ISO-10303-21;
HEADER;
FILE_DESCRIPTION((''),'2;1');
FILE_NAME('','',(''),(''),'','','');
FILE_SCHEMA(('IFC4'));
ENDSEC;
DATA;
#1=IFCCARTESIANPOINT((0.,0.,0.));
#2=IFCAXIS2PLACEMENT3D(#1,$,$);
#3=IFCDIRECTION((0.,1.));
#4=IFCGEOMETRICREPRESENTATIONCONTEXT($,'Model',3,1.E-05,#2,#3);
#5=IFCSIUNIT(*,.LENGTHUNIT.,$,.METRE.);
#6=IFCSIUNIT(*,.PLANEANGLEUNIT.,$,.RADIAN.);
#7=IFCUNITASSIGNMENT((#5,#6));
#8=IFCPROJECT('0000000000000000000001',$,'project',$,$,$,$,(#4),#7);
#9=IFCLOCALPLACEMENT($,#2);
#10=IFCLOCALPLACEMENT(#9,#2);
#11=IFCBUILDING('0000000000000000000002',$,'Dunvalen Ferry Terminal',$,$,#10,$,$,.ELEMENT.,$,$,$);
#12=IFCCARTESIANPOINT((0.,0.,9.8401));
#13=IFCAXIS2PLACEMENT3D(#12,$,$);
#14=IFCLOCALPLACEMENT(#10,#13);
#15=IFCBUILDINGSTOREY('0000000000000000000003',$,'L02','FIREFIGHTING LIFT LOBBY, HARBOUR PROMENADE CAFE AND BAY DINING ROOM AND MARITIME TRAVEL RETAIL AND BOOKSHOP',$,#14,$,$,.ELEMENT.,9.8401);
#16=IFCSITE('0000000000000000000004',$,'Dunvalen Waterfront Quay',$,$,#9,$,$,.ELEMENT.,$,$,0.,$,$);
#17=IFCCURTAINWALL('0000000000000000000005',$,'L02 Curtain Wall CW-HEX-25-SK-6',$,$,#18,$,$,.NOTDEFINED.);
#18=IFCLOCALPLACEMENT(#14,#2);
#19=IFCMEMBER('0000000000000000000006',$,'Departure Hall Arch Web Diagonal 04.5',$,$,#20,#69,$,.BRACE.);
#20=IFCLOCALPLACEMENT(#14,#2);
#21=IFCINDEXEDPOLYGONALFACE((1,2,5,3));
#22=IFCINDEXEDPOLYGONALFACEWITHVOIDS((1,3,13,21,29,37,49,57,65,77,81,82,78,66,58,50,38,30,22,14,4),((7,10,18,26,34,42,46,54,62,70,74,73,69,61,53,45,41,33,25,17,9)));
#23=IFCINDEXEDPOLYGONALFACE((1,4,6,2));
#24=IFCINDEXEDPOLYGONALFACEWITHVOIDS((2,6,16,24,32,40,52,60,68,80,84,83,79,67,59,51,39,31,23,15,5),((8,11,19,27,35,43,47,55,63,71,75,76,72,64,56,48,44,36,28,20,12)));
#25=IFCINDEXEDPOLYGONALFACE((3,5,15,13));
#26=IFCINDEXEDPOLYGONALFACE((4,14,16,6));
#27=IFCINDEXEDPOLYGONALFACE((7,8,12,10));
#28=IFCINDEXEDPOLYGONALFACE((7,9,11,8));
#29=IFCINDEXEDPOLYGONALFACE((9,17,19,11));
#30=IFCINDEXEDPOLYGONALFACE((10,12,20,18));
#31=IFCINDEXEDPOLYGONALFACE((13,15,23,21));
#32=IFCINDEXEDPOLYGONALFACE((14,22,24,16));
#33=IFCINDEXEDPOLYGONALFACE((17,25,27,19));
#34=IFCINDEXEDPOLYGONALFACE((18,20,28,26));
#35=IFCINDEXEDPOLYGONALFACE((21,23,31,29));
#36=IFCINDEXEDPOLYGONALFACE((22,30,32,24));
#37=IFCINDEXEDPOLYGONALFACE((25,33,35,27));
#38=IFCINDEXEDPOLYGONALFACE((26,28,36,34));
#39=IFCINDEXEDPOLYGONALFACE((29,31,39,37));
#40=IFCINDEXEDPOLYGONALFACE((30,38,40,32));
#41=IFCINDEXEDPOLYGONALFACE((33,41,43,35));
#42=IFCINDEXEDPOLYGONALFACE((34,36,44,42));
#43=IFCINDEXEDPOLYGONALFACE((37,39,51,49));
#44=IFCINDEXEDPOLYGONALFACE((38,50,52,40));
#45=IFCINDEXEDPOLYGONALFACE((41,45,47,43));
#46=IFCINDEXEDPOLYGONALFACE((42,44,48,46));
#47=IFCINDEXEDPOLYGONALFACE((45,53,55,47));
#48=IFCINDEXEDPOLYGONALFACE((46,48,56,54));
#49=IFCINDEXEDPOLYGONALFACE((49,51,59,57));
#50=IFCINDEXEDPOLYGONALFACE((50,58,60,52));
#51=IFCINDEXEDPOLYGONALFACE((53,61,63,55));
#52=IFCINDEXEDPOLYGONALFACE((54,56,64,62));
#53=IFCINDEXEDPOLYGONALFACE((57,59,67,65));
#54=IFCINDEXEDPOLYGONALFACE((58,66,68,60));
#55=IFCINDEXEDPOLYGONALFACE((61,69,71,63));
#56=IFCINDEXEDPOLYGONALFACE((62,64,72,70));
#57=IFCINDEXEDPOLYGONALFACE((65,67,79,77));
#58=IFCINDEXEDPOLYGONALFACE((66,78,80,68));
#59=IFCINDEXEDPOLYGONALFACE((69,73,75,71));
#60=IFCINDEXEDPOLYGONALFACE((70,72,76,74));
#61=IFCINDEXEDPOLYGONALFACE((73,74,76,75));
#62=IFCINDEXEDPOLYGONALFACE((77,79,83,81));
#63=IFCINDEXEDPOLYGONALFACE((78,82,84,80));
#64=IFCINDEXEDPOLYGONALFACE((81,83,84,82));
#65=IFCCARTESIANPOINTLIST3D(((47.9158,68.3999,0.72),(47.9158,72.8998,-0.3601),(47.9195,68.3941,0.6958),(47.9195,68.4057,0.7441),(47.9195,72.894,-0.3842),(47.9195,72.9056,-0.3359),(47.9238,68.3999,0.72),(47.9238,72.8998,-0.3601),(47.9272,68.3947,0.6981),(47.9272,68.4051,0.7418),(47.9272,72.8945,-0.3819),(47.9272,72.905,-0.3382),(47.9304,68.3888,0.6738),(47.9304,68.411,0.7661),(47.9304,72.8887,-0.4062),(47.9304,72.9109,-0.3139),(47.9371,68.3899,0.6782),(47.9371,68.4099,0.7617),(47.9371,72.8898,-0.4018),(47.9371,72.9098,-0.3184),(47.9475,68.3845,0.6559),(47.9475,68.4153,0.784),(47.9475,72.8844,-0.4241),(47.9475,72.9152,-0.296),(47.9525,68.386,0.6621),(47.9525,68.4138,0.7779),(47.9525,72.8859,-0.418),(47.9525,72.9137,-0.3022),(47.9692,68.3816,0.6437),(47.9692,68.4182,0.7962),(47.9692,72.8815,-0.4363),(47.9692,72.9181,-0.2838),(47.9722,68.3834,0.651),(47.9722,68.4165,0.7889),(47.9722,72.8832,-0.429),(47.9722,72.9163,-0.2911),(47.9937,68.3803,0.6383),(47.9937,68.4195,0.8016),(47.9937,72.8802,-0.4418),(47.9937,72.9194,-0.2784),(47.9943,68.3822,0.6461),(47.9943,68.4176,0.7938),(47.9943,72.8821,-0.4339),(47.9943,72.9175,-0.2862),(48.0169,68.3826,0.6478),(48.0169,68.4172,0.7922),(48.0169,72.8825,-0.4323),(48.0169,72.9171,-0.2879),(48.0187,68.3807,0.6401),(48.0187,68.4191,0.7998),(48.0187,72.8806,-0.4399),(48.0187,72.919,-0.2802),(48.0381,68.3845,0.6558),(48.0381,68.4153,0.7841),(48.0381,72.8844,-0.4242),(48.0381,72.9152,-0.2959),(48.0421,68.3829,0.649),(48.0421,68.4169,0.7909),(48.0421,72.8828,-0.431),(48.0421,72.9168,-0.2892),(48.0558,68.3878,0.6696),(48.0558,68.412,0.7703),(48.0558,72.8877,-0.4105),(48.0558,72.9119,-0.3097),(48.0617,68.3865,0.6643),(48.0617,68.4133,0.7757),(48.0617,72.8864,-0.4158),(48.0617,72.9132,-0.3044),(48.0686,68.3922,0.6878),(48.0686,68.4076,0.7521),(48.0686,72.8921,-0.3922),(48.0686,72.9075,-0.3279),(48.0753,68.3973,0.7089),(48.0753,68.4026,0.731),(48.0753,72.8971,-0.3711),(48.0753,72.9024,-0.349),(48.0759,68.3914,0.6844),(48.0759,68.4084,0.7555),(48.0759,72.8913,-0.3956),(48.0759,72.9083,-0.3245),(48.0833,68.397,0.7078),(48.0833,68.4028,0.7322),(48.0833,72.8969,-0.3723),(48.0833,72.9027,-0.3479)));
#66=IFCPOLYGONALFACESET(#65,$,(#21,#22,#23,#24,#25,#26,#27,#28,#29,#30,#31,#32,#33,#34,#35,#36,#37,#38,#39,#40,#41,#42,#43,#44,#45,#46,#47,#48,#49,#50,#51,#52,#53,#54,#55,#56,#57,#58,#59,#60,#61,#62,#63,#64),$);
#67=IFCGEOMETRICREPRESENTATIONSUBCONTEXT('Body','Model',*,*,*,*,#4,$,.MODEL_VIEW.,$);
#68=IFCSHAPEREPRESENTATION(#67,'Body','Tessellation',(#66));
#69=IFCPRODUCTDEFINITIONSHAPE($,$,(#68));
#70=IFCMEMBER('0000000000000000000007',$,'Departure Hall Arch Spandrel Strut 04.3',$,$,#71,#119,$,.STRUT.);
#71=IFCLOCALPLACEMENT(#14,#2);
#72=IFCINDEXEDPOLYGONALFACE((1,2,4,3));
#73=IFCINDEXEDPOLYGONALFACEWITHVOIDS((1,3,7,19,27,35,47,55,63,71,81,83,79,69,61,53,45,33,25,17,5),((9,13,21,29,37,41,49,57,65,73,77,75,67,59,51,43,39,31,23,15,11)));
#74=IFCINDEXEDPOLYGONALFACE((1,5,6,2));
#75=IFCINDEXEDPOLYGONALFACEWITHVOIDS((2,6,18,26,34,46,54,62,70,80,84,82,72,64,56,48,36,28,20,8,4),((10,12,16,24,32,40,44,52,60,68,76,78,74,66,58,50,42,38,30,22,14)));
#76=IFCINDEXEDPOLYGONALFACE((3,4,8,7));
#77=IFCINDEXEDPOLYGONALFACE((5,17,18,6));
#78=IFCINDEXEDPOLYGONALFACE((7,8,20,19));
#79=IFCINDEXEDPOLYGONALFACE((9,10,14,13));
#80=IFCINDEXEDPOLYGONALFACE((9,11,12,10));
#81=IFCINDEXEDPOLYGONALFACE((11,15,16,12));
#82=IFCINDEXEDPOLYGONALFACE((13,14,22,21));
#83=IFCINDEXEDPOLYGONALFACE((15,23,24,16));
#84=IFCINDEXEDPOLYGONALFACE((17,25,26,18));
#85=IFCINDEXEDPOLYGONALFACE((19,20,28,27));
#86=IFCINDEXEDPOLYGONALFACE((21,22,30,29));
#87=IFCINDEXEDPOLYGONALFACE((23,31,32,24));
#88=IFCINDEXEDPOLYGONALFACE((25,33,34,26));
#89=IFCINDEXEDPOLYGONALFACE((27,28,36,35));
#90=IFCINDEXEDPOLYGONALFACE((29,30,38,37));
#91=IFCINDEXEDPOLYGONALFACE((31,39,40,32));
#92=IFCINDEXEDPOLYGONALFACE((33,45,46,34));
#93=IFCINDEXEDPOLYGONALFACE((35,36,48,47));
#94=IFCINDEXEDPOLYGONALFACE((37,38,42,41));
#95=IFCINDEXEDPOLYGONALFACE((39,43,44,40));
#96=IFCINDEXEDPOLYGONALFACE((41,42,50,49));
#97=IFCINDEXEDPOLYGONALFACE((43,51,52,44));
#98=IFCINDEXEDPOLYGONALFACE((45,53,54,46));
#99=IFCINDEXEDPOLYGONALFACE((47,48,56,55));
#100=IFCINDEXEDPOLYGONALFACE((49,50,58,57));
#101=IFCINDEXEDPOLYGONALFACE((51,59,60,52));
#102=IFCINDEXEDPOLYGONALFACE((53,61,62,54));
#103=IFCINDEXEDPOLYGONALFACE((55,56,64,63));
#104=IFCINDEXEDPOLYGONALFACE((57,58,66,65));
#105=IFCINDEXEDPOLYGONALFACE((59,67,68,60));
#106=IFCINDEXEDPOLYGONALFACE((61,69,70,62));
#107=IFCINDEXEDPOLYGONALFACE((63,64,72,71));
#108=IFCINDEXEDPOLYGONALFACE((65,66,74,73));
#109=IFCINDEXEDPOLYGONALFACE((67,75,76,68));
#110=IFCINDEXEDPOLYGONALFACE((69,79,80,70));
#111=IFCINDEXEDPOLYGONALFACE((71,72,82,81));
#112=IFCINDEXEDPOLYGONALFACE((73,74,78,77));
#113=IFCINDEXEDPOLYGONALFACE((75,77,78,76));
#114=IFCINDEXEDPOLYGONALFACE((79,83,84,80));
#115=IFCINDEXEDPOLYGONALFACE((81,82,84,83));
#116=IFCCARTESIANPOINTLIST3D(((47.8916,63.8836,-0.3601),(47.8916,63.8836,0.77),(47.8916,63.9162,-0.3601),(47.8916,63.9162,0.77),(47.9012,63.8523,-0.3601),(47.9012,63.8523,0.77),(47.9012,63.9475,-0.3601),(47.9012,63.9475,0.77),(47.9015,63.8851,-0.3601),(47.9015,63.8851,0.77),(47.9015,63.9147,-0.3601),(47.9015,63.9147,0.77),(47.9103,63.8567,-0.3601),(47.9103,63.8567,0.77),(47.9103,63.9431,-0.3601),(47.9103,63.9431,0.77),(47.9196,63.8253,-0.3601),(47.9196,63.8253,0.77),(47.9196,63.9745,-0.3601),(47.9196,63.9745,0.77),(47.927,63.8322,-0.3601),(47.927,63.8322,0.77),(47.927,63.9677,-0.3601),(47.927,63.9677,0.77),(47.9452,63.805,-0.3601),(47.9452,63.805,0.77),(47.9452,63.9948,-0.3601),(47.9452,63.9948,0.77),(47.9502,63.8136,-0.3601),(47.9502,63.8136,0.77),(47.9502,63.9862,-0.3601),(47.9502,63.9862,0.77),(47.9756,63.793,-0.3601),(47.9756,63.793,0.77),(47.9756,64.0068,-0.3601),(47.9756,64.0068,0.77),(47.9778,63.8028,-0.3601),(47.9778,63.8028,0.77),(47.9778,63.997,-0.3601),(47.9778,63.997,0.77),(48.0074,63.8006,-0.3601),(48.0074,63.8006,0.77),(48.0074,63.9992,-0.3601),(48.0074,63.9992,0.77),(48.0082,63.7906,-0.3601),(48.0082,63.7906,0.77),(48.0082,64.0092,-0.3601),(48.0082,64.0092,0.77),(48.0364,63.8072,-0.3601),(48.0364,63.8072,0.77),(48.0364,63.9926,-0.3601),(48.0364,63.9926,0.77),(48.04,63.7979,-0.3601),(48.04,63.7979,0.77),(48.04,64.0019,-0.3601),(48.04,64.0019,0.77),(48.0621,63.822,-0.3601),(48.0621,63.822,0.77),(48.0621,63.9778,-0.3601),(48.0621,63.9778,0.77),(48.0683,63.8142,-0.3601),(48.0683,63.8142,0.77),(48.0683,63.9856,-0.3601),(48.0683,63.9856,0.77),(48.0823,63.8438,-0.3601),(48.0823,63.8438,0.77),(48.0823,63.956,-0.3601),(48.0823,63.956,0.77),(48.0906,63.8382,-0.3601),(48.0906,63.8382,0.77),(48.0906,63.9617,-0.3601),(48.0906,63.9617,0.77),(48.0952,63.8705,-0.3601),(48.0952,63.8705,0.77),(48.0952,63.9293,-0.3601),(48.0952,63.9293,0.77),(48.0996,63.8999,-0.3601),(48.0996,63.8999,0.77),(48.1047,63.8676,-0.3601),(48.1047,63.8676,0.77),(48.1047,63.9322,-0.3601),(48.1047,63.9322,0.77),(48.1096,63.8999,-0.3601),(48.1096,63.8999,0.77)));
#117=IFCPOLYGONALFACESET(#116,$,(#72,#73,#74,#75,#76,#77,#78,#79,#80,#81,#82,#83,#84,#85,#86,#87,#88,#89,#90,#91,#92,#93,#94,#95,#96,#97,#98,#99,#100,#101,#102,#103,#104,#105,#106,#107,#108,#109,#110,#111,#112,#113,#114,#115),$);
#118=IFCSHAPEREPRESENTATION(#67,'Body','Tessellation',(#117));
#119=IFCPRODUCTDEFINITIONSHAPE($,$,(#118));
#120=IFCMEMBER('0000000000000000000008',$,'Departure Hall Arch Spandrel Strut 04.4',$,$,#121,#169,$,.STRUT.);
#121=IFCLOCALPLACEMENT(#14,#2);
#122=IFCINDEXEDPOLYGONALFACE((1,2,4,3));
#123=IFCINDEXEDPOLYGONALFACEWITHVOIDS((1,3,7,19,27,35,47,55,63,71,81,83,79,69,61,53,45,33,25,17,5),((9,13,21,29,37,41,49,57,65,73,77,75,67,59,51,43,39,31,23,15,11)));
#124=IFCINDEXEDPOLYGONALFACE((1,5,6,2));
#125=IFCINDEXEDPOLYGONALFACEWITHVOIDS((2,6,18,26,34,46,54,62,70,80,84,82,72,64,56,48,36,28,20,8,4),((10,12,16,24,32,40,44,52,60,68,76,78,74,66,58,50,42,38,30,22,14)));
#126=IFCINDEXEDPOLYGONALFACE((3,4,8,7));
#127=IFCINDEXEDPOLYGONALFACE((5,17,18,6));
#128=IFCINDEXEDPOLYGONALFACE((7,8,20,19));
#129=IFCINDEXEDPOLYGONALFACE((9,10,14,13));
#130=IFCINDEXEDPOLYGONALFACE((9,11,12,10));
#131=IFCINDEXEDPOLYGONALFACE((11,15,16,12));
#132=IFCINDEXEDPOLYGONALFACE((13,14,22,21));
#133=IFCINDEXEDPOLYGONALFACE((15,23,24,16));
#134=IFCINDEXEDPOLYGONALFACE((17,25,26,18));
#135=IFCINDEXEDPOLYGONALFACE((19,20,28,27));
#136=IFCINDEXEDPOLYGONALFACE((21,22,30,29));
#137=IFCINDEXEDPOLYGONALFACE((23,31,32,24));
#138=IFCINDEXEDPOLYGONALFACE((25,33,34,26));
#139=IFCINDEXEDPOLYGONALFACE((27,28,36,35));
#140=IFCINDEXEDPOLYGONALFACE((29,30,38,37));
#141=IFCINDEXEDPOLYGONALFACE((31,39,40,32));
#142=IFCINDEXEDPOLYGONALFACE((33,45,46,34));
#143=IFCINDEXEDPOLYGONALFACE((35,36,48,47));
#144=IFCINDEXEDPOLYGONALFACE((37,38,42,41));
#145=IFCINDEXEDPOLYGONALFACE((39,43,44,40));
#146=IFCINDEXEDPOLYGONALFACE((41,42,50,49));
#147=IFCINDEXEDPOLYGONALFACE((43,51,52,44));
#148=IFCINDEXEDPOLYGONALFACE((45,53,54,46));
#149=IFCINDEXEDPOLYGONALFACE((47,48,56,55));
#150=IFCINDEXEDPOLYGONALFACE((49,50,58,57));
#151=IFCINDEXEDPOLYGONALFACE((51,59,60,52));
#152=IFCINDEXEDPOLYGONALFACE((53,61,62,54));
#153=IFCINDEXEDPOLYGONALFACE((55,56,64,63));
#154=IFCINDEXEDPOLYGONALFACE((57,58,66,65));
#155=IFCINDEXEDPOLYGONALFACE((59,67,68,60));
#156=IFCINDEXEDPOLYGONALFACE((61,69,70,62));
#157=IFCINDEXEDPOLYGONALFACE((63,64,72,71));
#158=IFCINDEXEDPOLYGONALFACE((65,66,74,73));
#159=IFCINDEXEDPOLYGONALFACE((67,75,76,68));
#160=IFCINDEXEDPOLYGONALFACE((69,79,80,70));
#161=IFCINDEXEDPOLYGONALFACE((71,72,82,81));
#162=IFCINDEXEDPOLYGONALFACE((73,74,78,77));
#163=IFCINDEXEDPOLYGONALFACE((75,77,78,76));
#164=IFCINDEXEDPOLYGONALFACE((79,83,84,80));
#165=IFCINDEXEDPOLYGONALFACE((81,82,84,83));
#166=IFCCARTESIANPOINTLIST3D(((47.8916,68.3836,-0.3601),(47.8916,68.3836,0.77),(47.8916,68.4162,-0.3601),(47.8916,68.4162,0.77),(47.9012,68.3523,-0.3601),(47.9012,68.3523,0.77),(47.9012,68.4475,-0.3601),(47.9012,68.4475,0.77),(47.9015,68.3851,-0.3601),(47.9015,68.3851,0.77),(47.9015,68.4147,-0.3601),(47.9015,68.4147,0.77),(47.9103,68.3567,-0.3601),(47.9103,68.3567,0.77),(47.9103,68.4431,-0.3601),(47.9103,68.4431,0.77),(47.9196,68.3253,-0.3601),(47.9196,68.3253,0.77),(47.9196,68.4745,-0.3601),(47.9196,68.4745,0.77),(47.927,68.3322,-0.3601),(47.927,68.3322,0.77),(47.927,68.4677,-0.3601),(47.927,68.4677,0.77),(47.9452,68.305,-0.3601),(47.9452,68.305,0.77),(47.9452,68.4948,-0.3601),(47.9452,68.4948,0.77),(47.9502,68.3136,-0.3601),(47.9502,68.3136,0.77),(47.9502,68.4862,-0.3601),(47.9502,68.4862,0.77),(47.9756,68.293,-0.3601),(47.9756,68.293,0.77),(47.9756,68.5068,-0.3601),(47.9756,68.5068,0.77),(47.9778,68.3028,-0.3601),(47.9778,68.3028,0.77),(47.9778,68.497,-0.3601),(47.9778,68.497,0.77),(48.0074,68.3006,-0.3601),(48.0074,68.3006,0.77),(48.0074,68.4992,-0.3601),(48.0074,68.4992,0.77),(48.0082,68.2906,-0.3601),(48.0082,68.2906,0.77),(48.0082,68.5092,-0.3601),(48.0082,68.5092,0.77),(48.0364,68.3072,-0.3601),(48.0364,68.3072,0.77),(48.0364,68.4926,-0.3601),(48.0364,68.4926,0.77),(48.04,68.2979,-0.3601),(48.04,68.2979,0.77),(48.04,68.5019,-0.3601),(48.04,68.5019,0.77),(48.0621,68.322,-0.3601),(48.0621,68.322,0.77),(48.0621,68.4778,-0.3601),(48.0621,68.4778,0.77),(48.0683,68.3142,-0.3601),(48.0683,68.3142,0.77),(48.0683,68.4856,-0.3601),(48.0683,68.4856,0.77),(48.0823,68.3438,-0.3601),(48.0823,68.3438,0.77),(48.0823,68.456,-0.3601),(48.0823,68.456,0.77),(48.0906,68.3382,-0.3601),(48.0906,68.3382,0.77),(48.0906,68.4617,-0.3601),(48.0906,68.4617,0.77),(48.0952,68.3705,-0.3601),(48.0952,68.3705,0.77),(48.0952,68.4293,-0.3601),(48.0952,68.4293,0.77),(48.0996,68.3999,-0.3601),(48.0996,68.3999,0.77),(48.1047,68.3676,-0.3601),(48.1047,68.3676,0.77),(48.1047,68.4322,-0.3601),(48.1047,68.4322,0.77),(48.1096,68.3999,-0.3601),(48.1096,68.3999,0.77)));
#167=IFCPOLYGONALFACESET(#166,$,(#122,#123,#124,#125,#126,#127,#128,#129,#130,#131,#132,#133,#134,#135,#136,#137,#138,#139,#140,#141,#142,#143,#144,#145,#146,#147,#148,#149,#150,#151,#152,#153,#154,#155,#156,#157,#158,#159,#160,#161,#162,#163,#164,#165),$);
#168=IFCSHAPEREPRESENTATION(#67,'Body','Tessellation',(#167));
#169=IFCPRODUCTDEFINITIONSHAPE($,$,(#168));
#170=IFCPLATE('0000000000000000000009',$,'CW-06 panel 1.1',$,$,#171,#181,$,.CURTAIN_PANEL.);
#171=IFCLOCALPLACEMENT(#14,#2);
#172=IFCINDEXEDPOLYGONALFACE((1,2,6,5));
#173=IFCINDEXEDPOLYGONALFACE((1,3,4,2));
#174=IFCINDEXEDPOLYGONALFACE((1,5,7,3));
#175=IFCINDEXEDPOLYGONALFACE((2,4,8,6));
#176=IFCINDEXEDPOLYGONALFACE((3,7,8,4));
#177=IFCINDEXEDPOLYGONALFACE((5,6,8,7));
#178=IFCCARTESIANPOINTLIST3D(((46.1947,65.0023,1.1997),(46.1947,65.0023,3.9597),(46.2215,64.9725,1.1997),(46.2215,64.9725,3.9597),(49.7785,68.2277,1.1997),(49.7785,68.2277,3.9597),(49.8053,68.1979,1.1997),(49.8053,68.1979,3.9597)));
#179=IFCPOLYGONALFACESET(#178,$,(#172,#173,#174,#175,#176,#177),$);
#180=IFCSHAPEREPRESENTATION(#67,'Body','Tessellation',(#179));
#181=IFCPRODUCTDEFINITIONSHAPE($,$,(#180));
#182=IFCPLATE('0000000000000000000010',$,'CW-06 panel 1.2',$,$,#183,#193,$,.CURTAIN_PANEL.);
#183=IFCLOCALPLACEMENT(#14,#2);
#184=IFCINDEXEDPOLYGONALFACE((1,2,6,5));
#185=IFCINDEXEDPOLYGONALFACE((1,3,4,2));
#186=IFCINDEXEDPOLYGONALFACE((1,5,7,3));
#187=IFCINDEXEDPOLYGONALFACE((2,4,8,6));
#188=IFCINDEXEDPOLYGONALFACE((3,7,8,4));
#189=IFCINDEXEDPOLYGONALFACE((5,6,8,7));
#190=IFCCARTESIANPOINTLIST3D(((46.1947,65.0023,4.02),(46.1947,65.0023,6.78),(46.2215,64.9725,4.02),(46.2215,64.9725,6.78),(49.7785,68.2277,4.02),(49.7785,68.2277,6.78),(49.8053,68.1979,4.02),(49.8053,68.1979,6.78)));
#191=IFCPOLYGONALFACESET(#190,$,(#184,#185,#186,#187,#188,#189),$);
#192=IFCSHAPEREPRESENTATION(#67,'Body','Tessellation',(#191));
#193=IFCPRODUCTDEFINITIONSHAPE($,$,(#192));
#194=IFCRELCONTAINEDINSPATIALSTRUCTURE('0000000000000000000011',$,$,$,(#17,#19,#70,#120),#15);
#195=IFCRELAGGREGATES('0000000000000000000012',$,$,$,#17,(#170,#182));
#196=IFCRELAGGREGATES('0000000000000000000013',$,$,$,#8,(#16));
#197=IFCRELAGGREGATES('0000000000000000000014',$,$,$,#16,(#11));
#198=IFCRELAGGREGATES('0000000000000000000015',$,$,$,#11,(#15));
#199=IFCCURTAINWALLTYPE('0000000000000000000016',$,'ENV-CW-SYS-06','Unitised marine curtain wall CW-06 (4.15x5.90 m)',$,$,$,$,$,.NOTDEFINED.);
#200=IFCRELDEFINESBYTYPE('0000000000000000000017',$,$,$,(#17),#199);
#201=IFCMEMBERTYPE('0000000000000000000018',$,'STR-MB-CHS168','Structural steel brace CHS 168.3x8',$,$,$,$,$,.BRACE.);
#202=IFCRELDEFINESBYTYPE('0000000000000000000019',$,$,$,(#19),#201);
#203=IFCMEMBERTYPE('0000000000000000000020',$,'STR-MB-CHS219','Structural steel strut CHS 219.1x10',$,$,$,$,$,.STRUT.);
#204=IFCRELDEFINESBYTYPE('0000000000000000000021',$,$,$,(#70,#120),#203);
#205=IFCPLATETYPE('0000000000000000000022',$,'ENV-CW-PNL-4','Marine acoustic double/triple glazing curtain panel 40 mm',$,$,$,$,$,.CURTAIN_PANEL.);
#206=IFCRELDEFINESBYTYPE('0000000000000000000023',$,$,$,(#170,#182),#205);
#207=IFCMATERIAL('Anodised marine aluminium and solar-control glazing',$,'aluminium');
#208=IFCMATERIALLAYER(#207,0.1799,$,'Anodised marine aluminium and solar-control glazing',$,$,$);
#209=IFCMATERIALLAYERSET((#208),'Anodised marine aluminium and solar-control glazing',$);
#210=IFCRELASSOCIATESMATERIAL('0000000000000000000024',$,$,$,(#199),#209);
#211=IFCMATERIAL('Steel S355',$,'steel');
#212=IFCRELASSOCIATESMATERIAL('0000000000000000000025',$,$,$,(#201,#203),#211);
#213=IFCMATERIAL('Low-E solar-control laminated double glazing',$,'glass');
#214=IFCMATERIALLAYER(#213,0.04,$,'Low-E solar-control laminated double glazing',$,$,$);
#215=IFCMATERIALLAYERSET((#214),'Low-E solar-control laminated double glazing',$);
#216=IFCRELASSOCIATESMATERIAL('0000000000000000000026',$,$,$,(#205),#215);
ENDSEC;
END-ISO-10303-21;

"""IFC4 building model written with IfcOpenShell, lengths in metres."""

from ifc_helpers import new_model, si_unit, direction, frame, origin, origin_2d, place, context, subcontext, project, spatial, rectangle, hollow_circle, extrude, material, layer, layer_set, material_profile, profile_set, type_object, element, aggregate, save


model = new_model("IFC4")

# Units and contexts
model_context = context("Model", 3, precision=1e-05, world=origin(), true_north=direction((0.0, 1.0)))
body_context = subcontext(model_context, "Body", "Model", "MODEL_VIEW")
ifc_project = project(units=[si_unit("LENGTHUNIT", "METRE"), si_unit("PLANEANGLEUNIT", "RADIAN")], contexts=[model_context])

# Site, building, storey
site_placement = place(None, origin())
site = spatial("IfcSite", under=ifc_project, at=site_placement, Name="Dunvalen Waterfront Quay", CompositionType="ELEMENT", RefElevation=0.0)
building_placement = place(site_placement, origin())
building = spatial("IfcBuilding", under=site, at=building_placement, Name="Dunvalen Ferry Terminal", CompositionType="ELEMENT")
storey_placement = place(building_placement, frame((0.0, 0.0, 9.8401)))
storey = spatial("IfcBuildingStorey", under=building, at=storey_placement, Name="L02", Description="FIREFIGHTING LIFT LOBBY, HARBOUR PROMENADE CAFE AND BAY DINING ROOM AND MARITIME TRAVEL RETAIL AND BOOKSHOP", CompositionType="ELEMENT", Elevation=9.8401)

# Shared definitions
ifc_material_1 = material(Name="Anodised marine aluminium and solar-control glazing", Category="aluminium")

# Curtain wall
ifc_layer_1 = layer(ifc_material_1, 0.1799, Name="Anodised marine aluminium and solar-control glazing")
ifc_layer_set_1 = layer_set([ifc_layer_1], Name="Anodised marine aluminium and solar-control glazing")
curtain_wall_type_1 = type_object("IfcCurtainWallType", Name="ENV-CW-SYS-06", Description="Unitised marine curtain wall CW-06 (4.15x5.90 m)", PredefinedType="NOTDEFINED", material=ifc_layer_set_1)
curtain_wall_1_placement = place(storey_placement, origin())
curtain_wall_1 = element("IfcCurtainWall", 1, at=curtain_wall_1_placement, inside=storey, type_object=curtain_wall_type_1, Name="L02 Curtain Wall CW-HEX-25-SK-6", PredefinedType="NOTDEFINED")

# Shared definitions
ifc_material_2 = material(Name="Steel S355", Category="steel")

# Members
ifc_material_profile_1 = material_profile(ifc_material_2, hollow_circle(Radius=0.0842, WallThickness=0.0081, at=origin_2d()), Name="Steel S355")
ifc_profile_set_1 = profile_set([ifc_material_profile_1], Name="Steel S355")
member_type_1 = type_object("IfcMemberType", Name="STR-MB-CHS168", Description="Structural steel brace CHS 168.3x8", PredefinedType="BRACE", material=ifc_profile_set_1)
for number, where, z_axis, x_axis, name in (
    (2, (48.0, 68.3999, 0.72), (0.0, 0.972383, -0.233389), (-1.0, 0.0, 0.0), "Departure Hall Arch Web Diagonal 04.5"),
):
    element("IfcMember", number, at=place(storey_placement, frame(where, z_axis=z_axis, x_axis=x_axis)), inside=storey, type_object=member_type_1, Name=name, PredefinedType="BRACE", context=body_context, shape_type="SweptSolid", body=[
        extrude(hollow_circle(Radius=0.0842, WallThickness=0.0081, at=origin_2d()), origin(), (0.0, 0.0, 1.0), 4.6277),
    ])
ifc_material_profile_2 = material_profile(ifc_material_2, hollow_circle(Radius=0.1096, WallThickness=0.01, at=origin_2d()), Name="Steel S355")
ifc_profile_set_2 = profile_set([ifc_material_profile_2], Name="Steel S355")
member_type_2 = type_object("IfcMemberType", Name="STR-MB-CHS219", Description="Structural steel strut CHS 219.1x10", PredefinedType="STRUT", material=ifc_profile_set_2)
for number, where, z_axis, x_axis, name in (
    (3, (48.0, 63.8999, -0.3601), (0.0, 0.0, 1.0), (1.0, 0.0, 0.0), "Departure Hall Arch Spandrel Strut 04.3"),
    (4, (48.0, 68.3999, -0.3601), (0.0, 0.0, 1.0), (1.0, 0.0, 0.0), "Departure Hall Arch Spandrel Strut 04.4"),
):
    element("IfcMember", number, at=place(storey_placement, frame(where, z_axis=z_axis, x_axis=x_axis)), inside=storey, type_object=member_type_2, Name=name, PredefinedType="STRUT", context=body_context, shape_type="SweptSolid", body=[
        extrude(hollow_circle(Radius=0.1096, WallThickness=0.01, at=origin_2d()), origin(), (0.0, 0.0, 1.0), 1.1301),
    ])

# Plates
ifc_material_3 = material(Name="Low-E solar-control laminated double glazing", Category="glass")
ifc_layer_2 = layer(ifc_material_3, 0.04, Name="Low-E solar-control laminated double glazing")
ifc_layer_set_2 = layer_set([ifc_layer_2], Name="Low-E solar-control laminated double glazing")
plate_type_1 = type_object("IfcPlateType", Name="ENV-CW-PNL-4", Description="Marine acoustic double/triple glazing curtain panel 40 mm", PredefinedType="CURTAIN_PANEL", material=ifc_layer_set_2)
plate_1_placement = place(storey_placement, frame((48.0, 66.6001, 1.1997), z_axis=(0.0, 0.0, 1.0), x_axis=(-0.743304, -0.668954, 0.0)))
plate_1 = element("IfcPlate", 5, at=plate_1_placement, type_object=plate_type_1, Name="CW-06 panel 1.1", PredefinedType="CURTAIN_PANEL", context=body_context, shape_type="SweptSolid", body=[
    extrude(rectangle(XDim=4.8215, YDim=0.04, at=origin_2d()), origin(), (0.0, 0.0, 1.0), 2.76),
])
plate_2_placement = place(storey_placement, frame((48.0, 66.6001, 4.02), z_axis=(0.0, 0.0, 1.0), x_axis=(-0.743304, -0.668954, 0.0)))
plate_2 = element("IfcPlate", 6, at=plate_2_placement, type_object=plate_type_1, Name="CW-06 panel 1.2", PredefinedType="CURTAIN_PANEL", context=body_context, shape_type="SweptSolid", body=[
    extrude(rectangle(XDim=4.8215, YDim=0.04, at=origin_2d()), origin(), (0.0, 0.0, 1.0), 2.76),
])
aggregate(curtain_wall_1, [plate_1, plate_2])

save(model, "model.ifc")
